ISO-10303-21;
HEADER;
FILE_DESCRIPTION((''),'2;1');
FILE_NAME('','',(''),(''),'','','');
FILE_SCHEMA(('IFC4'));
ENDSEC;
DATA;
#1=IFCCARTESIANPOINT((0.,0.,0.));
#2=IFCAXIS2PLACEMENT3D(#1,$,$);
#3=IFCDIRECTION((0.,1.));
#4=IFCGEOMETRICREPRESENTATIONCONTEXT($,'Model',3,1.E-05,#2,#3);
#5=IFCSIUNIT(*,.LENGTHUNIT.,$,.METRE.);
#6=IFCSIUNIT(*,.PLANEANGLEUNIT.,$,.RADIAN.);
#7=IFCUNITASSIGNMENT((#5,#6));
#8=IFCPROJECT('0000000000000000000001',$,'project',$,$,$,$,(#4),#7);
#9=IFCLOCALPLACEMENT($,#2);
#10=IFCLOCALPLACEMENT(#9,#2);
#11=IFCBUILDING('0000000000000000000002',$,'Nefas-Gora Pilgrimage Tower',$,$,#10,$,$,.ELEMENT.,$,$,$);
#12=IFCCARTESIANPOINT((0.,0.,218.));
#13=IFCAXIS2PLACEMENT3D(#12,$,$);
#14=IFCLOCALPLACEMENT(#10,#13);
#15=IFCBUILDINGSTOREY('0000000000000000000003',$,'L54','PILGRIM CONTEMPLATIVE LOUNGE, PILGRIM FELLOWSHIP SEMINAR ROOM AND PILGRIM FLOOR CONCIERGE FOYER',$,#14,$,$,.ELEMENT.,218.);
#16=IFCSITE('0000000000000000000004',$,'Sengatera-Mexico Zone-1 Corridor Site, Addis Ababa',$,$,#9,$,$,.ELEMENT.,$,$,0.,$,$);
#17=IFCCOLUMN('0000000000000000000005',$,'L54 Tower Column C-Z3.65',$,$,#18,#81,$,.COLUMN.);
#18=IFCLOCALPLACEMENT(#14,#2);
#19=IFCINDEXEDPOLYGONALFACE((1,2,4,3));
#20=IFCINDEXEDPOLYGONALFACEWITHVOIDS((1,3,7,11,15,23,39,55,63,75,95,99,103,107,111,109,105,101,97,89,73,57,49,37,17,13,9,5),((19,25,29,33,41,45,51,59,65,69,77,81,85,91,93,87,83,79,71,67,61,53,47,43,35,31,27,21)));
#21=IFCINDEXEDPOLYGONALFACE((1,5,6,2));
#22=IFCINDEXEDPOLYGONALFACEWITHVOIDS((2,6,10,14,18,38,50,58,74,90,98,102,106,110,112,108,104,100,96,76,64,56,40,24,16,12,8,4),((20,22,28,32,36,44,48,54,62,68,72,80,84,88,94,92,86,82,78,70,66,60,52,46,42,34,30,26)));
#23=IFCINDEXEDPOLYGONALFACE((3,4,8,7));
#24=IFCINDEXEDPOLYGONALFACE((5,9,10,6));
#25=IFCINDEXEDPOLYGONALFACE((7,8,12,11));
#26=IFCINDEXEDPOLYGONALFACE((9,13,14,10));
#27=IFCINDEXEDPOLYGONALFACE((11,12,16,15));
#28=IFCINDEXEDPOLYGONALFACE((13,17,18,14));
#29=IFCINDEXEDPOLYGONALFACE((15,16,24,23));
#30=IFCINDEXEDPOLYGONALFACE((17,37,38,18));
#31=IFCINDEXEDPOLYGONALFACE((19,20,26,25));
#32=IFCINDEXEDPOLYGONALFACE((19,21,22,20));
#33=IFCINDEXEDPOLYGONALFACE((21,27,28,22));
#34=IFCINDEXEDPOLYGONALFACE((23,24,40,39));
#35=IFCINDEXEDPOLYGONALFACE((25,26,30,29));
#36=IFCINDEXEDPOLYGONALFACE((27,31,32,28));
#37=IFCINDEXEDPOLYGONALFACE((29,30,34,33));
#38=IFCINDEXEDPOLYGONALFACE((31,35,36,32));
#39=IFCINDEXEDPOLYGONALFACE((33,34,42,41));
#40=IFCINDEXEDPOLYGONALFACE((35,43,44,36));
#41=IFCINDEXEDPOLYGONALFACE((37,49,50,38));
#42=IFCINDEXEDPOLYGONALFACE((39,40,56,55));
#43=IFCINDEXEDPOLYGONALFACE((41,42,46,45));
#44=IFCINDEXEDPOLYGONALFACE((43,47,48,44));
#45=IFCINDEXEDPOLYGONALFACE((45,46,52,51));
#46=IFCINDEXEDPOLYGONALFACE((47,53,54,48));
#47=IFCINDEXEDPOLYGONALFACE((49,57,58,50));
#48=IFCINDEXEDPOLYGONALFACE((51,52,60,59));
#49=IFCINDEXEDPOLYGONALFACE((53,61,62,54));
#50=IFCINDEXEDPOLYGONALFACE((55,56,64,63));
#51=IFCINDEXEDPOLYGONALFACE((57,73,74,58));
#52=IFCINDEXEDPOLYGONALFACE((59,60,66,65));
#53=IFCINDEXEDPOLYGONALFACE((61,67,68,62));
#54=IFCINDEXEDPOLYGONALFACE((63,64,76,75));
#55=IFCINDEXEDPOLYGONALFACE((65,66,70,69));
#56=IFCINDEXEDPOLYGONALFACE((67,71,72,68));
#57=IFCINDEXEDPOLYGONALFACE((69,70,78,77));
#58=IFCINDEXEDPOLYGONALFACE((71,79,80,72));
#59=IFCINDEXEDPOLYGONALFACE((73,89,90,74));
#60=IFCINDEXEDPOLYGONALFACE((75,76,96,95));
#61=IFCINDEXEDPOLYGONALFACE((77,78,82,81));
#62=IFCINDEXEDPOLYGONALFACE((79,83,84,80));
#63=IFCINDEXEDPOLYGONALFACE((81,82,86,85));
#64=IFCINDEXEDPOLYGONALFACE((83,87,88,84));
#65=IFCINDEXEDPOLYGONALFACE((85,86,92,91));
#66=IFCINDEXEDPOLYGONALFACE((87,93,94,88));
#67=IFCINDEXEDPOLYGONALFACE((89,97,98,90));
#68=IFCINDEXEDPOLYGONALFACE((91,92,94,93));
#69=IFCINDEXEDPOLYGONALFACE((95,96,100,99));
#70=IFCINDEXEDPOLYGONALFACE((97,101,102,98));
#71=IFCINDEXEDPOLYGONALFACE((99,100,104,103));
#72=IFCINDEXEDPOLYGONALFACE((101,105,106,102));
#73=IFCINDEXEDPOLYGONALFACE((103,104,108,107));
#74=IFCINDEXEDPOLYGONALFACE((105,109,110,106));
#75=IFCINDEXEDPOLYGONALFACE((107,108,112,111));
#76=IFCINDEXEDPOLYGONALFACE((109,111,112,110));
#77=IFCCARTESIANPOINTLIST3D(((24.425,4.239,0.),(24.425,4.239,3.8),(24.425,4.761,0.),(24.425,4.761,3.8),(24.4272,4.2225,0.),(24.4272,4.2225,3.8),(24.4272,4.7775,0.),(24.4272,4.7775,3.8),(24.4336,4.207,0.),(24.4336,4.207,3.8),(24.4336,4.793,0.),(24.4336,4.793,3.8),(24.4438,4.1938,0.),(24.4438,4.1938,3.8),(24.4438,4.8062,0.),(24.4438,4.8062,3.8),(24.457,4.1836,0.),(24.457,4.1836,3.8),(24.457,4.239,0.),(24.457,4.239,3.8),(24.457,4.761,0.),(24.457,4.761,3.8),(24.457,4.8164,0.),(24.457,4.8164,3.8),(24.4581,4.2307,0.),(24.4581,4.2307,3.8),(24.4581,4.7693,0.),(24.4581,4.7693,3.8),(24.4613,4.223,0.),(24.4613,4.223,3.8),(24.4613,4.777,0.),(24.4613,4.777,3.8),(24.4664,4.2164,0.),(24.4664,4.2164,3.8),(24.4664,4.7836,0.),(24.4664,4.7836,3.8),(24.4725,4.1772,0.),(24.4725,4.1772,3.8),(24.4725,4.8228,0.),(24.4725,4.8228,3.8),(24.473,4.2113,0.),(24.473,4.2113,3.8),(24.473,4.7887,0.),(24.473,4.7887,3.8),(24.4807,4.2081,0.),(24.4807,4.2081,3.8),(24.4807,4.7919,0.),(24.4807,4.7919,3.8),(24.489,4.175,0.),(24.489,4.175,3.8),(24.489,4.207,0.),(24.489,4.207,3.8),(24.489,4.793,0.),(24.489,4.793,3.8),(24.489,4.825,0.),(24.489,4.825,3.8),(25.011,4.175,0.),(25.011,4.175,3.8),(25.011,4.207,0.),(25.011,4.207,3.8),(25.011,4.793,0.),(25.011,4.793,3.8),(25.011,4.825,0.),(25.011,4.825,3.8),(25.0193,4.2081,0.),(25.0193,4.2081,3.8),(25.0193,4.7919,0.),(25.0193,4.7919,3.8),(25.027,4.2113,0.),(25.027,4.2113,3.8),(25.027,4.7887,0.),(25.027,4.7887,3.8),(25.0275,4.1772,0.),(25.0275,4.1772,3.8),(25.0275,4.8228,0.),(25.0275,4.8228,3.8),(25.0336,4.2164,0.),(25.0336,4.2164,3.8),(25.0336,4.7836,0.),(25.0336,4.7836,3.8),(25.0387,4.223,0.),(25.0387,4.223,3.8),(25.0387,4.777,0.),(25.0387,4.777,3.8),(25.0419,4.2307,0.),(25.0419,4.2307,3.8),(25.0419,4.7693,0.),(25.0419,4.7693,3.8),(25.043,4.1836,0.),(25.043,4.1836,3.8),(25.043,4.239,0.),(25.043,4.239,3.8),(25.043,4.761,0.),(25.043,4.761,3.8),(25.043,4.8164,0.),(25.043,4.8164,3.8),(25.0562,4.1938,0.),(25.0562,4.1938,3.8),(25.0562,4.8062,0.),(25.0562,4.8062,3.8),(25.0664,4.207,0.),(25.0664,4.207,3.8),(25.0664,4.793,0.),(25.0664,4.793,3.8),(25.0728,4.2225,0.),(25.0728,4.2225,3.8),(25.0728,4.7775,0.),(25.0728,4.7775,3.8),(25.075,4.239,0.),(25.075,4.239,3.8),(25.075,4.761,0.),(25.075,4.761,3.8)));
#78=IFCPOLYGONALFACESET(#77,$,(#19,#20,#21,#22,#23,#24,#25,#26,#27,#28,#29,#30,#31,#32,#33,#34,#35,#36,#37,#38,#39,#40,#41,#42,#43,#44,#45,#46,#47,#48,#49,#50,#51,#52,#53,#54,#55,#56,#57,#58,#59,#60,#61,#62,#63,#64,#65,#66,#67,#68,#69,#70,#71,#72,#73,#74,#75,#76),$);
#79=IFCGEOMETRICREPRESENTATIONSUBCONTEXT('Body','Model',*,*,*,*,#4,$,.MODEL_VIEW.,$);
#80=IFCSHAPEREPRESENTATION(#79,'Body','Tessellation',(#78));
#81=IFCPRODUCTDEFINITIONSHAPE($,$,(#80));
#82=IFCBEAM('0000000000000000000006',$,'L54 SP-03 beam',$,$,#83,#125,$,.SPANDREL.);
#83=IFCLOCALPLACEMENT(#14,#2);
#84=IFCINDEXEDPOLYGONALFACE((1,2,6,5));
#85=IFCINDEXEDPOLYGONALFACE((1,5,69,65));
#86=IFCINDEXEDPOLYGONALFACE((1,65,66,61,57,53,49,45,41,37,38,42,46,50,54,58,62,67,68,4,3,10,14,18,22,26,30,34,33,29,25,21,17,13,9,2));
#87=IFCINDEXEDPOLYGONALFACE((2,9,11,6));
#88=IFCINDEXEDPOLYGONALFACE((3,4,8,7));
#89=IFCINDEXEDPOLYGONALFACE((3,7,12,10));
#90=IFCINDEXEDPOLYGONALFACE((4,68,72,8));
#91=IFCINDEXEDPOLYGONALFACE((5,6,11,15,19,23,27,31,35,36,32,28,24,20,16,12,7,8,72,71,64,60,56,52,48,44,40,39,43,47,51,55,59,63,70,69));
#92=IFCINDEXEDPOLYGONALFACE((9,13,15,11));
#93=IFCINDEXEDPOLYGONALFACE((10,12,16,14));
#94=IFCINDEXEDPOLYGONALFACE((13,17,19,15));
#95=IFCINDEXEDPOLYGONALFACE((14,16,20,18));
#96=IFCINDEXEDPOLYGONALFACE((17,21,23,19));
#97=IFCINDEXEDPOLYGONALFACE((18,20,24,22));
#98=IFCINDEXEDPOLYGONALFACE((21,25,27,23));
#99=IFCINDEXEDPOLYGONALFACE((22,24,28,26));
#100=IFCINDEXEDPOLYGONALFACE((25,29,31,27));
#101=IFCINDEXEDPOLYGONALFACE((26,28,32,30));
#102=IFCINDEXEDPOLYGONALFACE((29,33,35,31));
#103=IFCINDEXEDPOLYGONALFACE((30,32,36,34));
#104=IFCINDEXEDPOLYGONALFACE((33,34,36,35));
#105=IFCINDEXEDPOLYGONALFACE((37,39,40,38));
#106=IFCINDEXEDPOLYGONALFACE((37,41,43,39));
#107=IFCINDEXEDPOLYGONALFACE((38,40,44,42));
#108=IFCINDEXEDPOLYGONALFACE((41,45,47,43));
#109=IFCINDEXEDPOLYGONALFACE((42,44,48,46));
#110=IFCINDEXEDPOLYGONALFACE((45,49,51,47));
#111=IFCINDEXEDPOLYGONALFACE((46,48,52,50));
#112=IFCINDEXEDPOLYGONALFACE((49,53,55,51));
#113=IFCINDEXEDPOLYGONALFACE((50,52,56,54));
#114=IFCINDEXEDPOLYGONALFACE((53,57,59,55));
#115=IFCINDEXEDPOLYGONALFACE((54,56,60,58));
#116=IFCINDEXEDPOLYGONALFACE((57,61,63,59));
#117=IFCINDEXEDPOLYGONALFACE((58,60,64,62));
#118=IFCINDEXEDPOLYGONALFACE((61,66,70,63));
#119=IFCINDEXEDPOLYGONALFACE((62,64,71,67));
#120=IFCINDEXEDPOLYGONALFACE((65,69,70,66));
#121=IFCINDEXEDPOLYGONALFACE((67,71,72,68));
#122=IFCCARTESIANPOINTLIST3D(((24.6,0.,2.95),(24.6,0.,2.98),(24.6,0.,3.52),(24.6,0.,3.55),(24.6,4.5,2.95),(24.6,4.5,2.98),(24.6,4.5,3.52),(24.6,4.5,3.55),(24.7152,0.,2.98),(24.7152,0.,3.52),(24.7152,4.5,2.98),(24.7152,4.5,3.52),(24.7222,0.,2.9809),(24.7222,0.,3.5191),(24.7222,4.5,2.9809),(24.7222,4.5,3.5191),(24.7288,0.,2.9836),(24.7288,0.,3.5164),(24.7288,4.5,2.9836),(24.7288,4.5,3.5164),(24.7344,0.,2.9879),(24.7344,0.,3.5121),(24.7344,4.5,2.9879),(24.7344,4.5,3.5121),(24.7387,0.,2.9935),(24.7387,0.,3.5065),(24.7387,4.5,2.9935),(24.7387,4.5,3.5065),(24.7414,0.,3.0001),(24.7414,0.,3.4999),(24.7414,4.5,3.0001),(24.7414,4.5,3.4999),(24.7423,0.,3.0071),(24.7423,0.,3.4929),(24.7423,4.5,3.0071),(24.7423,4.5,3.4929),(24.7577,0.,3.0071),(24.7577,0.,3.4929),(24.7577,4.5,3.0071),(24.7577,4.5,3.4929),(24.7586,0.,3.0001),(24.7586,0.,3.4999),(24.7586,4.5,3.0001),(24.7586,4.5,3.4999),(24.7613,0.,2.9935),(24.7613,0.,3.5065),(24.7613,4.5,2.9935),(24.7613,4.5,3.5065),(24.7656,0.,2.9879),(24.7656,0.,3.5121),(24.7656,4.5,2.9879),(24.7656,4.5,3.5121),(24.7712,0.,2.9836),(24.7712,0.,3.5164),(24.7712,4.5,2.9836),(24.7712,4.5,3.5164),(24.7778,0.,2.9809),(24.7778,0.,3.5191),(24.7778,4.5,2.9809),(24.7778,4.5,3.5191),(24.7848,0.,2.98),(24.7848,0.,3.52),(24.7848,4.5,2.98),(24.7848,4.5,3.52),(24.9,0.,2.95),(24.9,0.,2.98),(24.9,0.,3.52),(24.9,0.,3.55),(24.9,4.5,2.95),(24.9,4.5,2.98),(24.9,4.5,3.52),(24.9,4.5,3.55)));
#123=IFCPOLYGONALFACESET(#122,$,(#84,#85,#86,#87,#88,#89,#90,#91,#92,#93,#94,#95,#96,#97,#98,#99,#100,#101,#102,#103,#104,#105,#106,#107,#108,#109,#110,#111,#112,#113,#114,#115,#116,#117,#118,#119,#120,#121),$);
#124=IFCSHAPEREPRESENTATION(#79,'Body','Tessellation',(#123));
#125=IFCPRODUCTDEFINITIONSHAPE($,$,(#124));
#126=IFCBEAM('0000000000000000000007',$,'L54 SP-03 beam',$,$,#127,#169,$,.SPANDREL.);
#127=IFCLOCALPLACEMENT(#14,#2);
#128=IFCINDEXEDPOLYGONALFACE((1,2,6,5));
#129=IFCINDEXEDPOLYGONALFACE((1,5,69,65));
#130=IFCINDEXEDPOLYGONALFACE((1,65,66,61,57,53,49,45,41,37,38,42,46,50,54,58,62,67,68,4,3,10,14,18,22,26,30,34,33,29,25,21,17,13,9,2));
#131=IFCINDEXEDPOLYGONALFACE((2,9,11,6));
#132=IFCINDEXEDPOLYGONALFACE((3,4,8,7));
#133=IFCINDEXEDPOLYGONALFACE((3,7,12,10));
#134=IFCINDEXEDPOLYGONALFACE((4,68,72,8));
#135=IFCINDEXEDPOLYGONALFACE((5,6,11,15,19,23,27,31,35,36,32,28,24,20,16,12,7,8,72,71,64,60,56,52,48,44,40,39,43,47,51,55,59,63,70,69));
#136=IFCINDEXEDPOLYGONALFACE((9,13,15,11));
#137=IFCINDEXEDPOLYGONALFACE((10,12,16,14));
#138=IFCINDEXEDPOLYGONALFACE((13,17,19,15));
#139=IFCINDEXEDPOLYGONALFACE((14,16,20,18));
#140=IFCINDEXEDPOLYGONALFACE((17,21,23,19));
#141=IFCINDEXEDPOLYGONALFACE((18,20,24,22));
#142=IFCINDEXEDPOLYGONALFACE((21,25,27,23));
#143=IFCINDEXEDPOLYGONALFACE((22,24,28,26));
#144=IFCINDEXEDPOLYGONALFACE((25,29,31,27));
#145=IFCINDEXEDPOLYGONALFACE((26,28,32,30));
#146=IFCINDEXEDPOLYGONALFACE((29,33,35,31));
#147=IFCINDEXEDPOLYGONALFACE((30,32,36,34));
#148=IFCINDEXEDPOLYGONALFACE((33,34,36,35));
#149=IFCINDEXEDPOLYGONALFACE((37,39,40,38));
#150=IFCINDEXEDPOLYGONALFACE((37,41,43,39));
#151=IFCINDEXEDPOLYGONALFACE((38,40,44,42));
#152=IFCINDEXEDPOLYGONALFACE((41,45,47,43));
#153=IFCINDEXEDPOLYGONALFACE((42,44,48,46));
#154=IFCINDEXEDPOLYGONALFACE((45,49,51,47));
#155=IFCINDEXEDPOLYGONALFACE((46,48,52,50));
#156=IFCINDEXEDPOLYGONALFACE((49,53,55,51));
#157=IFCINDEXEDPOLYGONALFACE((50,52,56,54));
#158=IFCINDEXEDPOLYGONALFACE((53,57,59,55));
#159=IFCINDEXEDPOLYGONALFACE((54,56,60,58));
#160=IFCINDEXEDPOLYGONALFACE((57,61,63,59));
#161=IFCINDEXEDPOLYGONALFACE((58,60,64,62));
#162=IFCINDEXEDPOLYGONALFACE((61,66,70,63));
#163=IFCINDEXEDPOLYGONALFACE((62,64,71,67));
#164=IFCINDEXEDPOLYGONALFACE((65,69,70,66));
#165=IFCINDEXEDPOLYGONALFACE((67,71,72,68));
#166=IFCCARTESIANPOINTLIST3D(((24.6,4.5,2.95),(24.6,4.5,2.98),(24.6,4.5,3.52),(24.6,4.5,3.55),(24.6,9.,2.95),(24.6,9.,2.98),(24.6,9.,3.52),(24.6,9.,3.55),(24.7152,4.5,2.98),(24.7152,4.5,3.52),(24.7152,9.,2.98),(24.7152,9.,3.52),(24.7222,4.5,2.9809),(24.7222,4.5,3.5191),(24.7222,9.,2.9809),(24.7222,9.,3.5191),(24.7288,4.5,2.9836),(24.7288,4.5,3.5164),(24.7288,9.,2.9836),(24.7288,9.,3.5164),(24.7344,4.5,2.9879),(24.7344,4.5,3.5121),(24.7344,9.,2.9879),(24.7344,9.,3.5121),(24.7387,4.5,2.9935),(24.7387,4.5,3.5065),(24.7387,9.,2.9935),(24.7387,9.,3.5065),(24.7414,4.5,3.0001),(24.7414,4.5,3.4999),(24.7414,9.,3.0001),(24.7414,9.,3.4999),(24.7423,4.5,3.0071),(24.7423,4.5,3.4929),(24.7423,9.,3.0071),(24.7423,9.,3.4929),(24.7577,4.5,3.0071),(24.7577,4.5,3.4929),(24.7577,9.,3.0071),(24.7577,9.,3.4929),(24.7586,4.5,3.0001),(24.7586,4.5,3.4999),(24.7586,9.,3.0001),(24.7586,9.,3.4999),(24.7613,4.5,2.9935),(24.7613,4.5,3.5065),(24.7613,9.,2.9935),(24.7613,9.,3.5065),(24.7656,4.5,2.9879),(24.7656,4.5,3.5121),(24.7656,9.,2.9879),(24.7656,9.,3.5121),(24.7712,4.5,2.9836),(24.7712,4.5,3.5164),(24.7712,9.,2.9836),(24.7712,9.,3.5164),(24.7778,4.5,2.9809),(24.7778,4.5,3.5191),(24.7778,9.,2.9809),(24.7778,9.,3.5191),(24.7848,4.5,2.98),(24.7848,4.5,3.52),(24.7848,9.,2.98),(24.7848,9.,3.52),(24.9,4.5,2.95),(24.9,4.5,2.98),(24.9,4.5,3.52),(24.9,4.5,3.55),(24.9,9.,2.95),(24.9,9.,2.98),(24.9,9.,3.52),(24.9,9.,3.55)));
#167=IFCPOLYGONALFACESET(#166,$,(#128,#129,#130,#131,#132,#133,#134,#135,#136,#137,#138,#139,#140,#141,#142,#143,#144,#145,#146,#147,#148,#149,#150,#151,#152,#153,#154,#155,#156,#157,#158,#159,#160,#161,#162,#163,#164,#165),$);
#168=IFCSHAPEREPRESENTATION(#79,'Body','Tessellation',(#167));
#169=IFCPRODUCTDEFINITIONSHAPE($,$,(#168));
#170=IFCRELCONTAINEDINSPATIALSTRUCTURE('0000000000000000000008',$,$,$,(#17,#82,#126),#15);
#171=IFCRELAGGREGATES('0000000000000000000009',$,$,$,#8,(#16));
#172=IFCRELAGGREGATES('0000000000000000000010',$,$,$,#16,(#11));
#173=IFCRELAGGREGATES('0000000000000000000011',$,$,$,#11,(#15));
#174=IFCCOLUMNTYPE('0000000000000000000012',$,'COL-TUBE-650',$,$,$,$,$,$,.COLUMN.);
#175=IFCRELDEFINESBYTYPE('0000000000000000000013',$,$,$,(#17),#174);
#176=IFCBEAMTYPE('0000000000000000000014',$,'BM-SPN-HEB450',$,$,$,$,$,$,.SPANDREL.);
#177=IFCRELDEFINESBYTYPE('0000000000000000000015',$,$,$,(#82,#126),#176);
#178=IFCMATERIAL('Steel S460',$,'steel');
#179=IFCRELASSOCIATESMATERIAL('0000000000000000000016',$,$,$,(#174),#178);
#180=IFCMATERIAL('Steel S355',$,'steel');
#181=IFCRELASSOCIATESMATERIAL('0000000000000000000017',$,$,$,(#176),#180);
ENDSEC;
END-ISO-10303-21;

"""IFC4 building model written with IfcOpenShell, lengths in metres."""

from ifc_helpers import new_model, si_unit, direction, frame, origin, origin_2d, place, context, subcontext, project, spatial, hollow_rectangle, i_section, extrude, source, transform, mapped, material, material_profile, profile_set, type_object, element, save


model = new_model("IFC4")

# Units and contexts
model_context = context("Model", 3, precision=1e-05, world=origin(), true_north=direction((0.0, 1.0)))
body_context = subcontext(model_context, "Body", "Model", "MODEL_VIEW")
ifc_project = project(units=[si_unit("LENGTHUNIT", "METRE"), si_unit("PLANEANGLEUNIT", "RADIAN")], contexts=[model_context])

# Site, building, storey
site_placement = place(None, origin())
site = spatial("IfcSite", under=ifc_project, at=site_placement, Name="Sengatera-Mexico Zone-1 Corridor Site, Addis Ababa", CompositionType="ELEMENT", RefElevation=0.0)
building_placement = place(site_placement, origin())
building = spatial("IfcBuilding", under=site, at=building_placement, Name="Nefas-Gora Pilgrimage Tower", CompositionType="ELEMENT")
storey_placement = place(building_placement, frame((0.0, 0.0, 218.0)))
storey = spatial("IfcBuildingStorey", under=building, at=storey_placement, Name="L54", Description="PILGRIM CONTEMPLATIVE LOUNGE, PILGRIM FELLOWSHIP SEMINAR ROOM AND PILGRIM FLOOR CONCIERGE FOYER", CompositionType="ELEMENT", Elevation=218.0)

# Column
ifc_material_1 = material(Name="Steel S460", Category="steel")
ifc_material_profile_1 = material_profile(ifc_material_1, hollow_rectangle(XDim=0.6499, YDim=0.6499, WallThickness=0.032, InnerFilletRadius=0.032, OuterFilletRadius=0.064, at=origin_2d()), Name="BOX 650x650x32")
ifc_profile_set_1 = profile_set([ifc_material_profile_1], Name="Steel S460")
column_type_1 = type_object("IfcColumnType", Name="COL-TUBE-650", PredefinedType="COLUMN", material=ifc_profile_set_1)
shared_shape_1 = source(origin(), body_context, "Body", "SweptSolid", [
    extrude(hollow_rectangle(XDim=0.6499, YDim=0.6499, WallThickness=0.032, InnerFilletRadius=0.032, OuterFilletRadius=0.064, at=origin_2d()), origin(), (0.0, 0.0, 1.0), 3.8),
])
for number, where, z_axis, x_axis, name in (
    (1, (24.75, 4.5, 0.0), (0.0, 0.0, 1.0), (1.0, 0.0, 0.0), "L54 Tower Column C-Z3.65"),
):
    element("IfcColumn", number, at=place(storey_placement, frame(where, z_axis=z_axis, x_axis=x_axis)), inside=storey, type_object=column_type_1, Name=name, PredefinedType="COLUMN", context=body_context, shape_type="MappedRepresentation", body=[
        mapped(shared_shape_1, transform((0.0, 0.0, 0.0), x_axis=(1.0, 0.0, 0.0), y_axis=(0.0, 1.0, 0.0), z_axis=(0.0, 0.0, 1.0), scale=1.0)),
    ])

# Beams
ifc_material_2 = material(Name="Steel S355", Category="steel")
ifc_material_profile_2 = material_profile(ifc_material_2, i_section(OverallWidth=0.3, OverallDepth=0.6001, WebThickness=0.0154, FlangeThickness=0.03, FilletRadius=0.0271, at=origin_2d()), Name="HEB 600")
ifc_profile_set_2 = profile_set([ifc_material_profile_2], Name="Steel S355")
beam_type_1 = type_object("IfcBeamType", Name="BM-SPN-HEB450", PredefinedType="SPANDREL", material=ifc_profile_set_2)
shared_shape_2 = source(origin(), body_context, "Body", "SweptSolid", [
    extrude(i_section(OverallWidth=0.3, OverallDepth=0.6001, WebThickness=0.0154, FlangeThickness=0.03, FilletRadius=0.0271, at=origin_2d()), origin(), (0.0, 0.0, 1.0), 4.5),
])
for number, where, z_axis, x_axis, name in (
    (2, (24.75, 0.0, 3.25), (0.0, 1.0, 0.0), (-1.0, 0.0, 0.0), "L54 SP-03 beam"),
    (3, (24.75, 4.5, 3.25), (0.0, 1.0, 0.0), (-1.0, 0.0, 0.0), "L54 SP-03 beam"),
):
    element("IfcBeam", number, at=place(storey_placement, frame(where, z_axis=z_axis, x_axis=x_axis)), inside=storey, type_object=beam_type_1, Name=name, PredefinedType="SPANDREL", context=body_context, shape_type="MappedRepresentation", body=[
        mapped(shared_shape_2, transform((0.0, 0.0, 0.0), x_axis=(1.0, 0.0, 0.0), y_axis=(0.0, 1.0, 0.0), z_axis=(0.0, 0.0, 1.0), scale=1.0)),
    ])

save(model, "model.ifc")
